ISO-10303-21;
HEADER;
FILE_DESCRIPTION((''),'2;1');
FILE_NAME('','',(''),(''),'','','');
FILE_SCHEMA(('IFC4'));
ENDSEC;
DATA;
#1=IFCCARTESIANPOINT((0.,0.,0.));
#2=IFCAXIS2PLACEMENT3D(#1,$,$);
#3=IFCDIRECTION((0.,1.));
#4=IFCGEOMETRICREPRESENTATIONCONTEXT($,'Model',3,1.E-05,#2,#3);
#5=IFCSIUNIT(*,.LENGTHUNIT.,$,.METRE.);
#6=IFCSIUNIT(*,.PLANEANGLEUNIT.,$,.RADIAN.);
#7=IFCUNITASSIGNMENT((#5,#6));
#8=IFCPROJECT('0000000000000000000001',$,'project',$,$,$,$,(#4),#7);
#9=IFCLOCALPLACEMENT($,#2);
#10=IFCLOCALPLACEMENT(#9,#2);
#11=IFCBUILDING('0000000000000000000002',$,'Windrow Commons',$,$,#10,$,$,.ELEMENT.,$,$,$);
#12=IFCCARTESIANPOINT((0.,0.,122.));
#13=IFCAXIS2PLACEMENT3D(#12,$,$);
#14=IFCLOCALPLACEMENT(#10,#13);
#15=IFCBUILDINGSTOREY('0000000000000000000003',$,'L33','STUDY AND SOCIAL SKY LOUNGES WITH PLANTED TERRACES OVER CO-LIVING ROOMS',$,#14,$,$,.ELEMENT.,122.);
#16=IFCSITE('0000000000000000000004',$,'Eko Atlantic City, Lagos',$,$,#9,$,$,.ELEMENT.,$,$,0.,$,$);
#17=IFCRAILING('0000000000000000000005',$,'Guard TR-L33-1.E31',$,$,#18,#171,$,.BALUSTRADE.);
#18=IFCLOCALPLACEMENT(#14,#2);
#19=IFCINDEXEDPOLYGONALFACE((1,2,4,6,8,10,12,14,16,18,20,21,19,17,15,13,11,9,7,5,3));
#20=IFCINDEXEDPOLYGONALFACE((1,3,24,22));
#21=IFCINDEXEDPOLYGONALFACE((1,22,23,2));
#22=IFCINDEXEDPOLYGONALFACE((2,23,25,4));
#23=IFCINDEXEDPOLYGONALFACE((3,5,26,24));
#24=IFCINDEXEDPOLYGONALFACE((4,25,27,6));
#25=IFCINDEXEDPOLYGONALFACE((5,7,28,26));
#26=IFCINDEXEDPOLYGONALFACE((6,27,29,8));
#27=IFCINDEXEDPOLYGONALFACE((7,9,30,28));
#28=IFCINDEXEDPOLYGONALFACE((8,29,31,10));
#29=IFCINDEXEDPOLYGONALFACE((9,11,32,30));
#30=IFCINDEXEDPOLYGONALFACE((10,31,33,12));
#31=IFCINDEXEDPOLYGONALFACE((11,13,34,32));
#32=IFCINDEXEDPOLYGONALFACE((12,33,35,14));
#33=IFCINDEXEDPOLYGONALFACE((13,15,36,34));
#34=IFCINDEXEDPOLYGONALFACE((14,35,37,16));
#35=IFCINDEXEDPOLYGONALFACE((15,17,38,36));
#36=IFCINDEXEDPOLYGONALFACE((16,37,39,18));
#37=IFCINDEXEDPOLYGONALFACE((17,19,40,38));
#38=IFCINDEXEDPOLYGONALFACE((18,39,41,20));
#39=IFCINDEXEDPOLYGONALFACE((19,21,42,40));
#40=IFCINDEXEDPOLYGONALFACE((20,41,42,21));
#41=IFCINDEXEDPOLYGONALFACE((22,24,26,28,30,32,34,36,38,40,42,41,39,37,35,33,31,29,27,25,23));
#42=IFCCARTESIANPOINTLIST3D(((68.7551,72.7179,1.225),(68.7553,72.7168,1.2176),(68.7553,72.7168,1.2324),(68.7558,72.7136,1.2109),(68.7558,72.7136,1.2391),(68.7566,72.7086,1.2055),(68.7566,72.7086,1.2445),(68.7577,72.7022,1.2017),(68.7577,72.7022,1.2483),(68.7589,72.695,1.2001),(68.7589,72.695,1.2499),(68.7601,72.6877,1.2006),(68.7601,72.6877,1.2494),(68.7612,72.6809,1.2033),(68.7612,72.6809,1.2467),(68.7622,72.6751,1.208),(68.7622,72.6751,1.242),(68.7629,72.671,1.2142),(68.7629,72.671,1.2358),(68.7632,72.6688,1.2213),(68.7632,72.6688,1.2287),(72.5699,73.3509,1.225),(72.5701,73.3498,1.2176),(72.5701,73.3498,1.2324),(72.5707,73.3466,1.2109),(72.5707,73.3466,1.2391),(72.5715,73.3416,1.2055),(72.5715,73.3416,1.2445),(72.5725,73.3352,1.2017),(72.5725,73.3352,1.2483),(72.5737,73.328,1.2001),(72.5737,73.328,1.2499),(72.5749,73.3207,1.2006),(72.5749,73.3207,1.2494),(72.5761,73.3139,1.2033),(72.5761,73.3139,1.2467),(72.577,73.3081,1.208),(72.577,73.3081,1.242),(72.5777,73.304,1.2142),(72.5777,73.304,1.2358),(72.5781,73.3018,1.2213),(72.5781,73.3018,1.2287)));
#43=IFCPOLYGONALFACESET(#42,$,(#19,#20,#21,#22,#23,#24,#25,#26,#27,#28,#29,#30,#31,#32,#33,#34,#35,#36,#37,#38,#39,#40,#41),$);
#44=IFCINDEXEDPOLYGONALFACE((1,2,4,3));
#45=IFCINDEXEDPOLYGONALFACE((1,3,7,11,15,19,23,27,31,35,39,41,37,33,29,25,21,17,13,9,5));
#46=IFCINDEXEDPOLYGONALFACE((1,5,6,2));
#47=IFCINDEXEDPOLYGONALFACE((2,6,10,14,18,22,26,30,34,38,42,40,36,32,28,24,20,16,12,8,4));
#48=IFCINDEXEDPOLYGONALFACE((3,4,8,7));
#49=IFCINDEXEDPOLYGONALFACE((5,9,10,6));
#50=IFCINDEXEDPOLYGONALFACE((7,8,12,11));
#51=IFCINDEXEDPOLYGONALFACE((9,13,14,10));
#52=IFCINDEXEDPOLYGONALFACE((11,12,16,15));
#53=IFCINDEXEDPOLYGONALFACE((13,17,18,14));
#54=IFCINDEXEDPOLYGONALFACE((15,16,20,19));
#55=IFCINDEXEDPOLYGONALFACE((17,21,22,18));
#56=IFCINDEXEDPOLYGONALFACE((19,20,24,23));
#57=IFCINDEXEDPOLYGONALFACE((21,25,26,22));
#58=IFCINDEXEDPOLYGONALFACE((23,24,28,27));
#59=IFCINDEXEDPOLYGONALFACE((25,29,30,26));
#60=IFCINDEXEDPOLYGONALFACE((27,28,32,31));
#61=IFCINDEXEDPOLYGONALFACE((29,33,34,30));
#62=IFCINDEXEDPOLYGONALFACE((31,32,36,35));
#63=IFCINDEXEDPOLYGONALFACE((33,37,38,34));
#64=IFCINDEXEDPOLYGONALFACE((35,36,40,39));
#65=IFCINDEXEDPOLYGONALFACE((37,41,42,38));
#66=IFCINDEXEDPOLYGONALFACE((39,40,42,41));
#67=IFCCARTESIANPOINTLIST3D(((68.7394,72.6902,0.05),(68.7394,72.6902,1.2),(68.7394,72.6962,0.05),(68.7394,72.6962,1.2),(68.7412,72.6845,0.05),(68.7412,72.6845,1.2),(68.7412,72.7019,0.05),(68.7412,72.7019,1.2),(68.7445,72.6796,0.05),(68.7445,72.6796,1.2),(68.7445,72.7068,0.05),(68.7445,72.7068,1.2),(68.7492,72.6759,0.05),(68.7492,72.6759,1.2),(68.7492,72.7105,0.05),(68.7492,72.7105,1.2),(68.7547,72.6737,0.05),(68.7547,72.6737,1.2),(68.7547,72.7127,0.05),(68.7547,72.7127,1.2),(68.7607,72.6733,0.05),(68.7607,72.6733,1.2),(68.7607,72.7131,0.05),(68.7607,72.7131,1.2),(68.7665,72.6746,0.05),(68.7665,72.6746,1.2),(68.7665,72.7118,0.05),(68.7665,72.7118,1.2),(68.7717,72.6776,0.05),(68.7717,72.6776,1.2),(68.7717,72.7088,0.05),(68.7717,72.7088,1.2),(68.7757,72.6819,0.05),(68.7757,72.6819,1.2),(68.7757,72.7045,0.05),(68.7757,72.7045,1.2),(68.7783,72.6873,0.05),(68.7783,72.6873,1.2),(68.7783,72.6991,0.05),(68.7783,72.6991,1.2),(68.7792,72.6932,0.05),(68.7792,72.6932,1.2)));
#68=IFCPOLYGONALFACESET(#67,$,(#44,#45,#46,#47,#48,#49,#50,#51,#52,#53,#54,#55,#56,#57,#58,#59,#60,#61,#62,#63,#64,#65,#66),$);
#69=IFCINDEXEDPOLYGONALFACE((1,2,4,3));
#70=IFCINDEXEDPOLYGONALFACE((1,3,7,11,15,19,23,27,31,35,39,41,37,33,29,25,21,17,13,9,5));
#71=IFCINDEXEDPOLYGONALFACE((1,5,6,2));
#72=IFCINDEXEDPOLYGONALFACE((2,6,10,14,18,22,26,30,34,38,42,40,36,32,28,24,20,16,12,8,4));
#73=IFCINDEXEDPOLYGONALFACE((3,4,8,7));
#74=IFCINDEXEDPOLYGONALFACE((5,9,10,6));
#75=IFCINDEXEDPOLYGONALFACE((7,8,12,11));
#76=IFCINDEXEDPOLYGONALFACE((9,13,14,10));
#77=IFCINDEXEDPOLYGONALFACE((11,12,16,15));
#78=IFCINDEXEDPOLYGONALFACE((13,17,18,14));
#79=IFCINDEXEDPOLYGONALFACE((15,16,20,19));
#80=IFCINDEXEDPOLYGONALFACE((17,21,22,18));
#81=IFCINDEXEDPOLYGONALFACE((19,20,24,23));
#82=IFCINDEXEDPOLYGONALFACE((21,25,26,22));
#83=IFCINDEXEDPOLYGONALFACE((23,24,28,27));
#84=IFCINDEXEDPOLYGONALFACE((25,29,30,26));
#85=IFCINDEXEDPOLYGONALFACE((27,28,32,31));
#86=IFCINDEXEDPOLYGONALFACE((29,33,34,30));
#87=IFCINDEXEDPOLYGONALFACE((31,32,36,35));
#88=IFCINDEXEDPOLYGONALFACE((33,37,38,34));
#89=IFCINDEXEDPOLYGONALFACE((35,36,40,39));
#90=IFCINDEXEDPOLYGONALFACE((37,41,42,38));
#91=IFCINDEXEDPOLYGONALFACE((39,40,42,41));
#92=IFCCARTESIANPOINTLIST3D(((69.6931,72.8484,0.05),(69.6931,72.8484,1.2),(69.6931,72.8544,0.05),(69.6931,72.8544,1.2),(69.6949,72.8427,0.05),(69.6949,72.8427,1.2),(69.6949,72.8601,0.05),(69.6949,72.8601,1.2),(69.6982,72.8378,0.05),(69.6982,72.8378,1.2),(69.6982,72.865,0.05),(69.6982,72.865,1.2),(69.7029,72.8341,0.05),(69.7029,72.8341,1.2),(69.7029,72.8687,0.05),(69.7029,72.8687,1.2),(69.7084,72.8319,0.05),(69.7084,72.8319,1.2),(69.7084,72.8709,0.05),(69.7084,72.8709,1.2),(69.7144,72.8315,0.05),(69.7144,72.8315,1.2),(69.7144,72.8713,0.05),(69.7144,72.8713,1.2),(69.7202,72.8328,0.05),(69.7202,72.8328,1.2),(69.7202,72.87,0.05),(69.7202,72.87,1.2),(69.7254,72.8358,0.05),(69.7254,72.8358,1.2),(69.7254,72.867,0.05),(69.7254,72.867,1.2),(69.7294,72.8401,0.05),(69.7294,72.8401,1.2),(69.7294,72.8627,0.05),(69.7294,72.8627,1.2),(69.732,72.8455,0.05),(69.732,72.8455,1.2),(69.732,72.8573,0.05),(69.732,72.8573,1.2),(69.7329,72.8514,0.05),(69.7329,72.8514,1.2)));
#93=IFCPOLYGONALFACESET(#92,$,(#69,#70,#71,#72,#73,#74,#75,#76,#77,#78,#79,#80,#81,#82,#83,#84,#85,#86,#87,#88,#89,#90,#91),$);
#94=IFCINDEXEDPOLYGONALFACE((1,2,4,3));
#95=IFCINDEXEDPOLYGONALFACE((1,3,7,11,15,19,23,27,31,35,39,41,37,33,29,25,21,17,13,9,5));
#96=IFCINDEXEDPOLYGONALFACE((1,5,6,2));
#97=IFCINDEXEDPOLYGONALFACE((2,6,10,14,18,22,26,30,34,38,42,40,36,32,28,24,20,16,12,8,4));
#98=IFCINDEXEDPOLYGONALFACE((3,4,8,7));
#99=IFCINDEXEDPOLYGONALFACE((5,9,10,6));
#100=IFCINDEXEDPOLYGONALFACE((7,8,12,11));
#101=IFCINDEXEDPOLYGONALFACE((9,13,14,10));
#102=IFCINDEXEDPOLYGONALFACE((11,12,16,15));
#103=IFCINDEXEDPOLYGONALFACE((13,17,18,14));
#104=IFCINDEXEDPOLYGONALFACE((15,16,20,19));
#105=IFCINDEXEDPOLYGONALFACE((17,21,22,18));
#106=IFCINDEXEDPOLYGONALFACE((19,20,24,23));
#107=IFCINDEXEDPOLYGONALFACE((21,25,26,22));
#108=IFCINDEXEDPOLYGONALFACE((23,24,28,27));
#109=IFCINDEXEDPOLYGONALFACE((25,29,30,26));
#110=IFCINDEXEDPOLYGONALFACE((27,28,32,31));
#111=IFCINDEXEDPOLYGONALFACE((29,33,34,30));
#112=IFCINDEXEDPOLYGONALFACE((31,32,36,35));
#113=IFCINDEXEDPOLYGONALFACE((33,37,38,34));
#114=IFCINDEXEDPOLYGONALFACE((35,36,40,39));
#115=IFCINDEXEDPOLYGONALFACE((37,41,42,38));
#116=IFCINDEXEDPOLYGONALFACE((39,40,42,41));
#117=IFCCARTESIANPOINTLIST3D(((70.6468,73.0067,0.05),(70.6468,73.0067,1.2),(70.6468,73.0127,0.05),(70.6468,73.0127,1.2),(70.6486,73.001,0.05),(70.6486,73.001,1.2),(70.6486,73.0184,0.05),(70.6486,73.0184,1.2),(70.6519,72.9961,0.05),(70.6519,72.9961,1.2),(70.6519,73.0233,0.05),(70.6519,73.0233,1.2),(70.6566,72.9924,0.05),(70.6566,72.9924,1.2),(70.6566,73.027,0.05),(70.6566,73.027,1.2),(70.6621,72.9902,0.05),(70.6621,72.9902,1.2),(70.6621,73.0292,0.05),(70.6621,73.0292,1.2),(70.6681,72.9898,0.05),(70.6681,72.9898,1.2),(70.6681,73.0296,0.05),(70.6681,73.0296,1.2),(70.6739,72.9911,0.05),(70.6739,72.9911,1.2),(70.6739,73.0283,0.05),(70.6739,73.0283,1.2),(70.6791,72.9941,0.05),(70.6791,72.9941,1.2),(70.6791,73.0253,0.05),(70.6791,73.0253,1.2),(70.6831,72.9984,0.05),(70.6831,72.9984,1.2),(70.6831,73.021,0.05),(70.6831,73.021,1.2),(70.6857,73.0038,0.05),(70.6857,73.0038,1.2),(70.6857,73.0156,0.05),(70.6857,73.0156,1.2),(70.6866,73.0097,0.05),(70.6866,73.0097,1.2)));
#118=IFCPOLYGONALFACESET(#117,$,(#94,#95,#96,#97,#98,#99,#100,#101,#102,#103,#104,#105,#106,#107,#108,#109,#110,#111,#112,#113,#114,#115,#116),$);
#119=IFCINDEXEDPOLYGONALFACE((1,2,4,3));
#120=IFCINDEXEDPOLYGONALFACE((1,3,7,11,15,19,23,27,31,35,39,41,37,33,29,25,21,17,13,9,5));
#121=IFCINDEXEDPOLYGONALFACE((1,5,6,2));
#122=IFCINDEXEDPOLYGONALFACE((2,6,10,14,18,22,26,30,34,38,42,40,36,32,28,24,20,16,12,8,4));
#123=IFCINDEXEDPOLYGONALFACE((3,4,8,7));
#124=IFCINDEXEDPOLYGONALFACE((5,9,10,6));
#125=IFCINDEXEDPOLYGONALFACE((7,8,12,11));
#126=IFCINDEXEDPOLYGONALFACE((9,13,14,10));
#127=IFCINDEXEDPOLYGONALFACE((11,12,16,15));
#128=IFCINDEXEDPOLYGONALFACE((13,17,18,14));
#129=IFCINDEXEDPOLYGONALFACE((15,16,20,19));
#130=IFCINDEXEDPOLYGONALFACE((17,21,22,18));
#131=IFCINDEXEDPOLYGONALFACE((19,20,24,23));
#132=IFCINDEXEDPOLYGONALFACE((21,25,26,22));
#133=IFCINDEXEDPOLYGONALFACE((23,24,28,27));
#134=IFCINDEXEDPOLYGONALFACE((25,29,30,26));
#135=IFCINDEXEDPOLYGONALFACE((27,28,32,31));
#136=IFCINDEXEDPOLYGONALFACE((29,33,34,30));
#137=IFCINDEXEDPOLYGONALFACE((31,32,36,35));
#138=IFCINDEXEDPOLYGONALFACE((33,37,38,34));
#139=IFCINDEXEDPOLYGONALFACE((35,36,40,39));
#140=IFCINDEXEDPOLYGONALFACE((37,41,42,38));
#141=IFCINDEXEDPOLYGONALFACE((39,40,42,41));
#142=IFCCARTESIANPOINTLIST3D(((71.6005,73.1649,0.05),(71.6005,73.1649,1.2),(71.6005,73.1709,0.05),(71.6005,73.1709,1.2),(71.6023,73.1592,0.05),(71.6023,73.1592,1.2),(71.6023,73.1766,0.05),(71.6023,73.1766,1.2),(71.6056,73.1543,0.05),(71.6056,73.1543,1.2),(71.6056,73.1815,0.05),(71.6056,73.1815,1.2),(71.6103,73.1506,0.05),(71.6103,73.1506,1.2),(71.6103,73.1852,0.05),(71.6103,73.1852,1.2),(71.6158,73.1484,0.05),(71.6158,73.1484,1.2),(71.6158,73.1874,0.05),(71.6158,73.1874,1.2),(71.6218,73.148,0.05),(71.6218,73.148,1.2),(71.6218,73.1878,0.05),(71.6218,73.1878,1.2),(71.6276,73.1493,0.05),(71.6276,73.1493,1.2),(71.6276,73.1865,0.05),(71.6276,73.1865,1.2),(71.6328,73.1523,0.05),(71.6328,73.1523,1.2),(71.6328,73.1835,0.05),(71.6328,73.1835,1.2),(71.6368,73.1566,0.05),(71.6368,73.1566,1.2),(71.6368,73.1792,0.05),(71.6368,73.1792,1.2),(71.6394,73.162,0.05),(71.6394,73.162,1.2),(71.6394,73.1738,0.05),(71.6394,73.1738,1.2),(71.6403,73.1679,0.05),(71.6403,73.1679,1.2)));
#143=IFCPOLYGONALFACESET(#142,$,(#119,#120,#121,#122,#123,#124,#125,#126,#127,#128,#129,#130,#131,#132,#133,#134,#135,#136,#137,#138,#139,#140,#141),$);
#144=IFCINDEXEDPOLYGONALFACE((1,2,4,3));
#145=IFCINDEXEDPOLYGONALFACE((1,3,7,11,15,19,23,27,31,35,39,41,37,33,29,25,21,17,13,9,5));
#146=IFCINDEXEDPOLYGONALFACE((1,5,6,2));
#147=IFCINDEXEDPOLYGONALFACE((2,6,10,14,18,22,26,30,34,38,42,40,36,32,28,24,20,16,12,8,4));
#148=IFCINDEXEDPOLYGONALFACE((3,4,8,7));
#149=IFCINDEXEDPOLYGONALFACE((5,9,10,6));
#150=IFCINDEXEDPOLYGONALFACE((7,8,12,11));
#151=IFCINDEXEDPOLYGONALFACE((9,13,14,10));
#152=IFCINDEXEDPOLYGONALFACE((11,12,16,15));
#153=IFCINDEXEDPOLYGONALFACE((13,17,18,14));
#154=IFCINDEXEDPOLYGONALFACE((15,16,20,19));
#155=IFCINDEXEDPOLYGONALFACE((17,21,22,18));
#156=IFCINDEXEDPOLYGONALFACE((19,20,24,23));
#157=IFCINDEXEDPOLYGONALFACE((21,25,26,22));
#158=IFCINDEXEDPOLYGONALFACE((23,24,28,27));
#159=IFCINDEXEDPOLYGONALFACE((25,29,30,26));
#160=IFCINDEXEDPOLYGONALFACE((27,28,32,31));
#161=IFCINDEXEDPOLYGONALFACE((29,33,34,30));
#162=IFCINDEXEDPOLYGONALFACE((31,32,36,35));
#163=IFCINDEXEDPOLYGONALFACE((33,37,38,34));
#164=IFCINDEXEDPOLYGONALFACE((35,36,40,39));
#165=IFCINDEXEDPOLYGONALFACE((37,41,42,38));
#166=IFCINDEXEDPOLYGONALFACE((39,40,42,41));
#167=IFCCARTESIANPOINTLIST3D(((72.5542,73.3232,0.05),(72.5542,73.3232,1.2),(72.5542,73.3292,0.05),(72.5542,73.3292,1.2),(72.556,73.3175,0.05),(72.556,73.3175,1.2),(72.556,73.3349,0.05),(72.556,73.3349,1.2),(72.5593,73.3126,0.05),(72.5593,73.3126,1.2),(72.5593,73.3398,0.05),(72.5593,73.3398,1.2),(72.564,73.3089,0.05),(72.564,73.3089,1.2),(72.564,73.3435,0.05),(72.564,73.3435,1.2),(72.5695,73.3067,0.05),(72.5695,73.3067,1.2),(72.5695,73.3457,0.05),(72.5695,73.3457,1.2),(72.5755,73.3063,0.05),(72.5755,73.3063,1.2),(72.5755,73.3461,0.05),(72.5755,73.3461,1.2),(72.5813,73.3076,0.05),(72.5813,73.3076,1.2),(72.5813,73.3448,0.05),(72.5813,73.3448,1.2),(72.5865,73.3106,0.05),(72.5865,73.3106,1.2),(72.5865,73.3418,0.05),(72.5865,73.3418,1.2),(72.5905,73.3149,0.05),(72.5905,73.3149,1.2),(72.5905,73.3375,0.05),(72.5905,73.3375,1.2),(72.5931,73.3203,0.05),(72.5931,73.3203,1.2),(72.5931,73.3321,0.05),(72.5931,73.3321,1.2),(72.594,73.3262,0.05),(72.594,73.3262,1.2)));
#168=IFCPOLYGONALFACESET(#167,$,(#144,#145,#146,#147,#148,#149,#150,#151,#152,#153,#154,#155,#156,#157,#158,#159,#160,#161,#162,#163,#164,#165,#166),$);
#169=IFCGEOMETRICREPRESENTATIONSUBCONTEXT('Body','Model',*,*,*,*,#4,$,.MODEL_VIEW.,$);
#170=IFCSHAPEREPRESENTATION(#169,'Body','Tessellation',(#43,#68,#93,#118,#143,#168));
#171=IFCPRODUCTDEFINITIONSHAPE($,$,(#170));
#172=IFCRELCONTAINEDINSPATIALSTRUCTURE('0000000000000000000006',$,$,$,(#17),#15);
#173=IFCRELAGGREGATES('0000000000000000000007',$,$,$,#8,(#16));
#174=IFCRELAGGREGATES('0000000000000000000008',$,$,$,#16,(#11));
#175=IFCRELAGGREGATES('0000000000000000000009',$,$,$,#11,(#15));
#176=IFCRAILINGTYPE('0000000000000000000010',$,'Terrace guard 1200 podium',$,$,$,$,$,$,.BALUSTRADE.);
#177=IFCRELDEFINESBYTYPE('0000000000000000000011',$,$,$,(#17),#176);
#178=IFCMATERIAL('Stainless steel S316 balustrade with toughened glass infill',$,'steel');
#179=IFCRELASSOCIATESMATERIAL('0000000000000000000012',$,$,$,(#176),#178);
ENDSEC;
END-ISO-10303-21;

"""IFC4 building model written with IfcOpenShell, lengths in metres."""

from ifc_helpers import new_model, si_unit, direction, frame, origin, origin_2d, place, context, subcontext, project, spatial, circle, extrude, material, type_object, element, save


model = new_model("IFC4")

# Units and contexts
model_context = context("Model", 3, precision=1e-05, world=origin(), true_north=direction((0.0, 1.0)))
body_context = subcontext(model_context, "Body", "Model", "MODEL_VIEW")
ifc_project = project(units=[si_unit("LENGTHUNIT", "METRE"), si_unit("PLANEANGLEUNIT", "RADIAN")], contexts=[model_context])

# Site, building, storey
site_placement = place(None, origin())
site = spatial("IfcSite", under=ifc_project, at=site_placement, Name="Eko Atlantic City, Lagos", CompositionType="ELEMENT", RefElevation=0.0)
building_placement = place(site_placement, origin())
building = spatial("IfcBuilding", under=site, at=building_placement, Name="Windrow Commons", CompositionType="ELEMENT")
storey_placement = place(building_placement, frame((0.0, 0.0, 122.0)))
storey = spatial("IfcBuildingStorey", under=building, at=storey_placement, Name="L33", Description="STUDY AND SOCIAL SKY LOUNGES WITH PLANTED TERRACES OVER CO-LIVING ROOMS", CompositionType="ELEMENT", Elevation=122.0)

# Railing
ifc_material_1 = material(Name="Stainless steel S316 balustrade with toughened glass infill", Category="steel")
railing_type_1 = type_object("IfcRailingType", Name="Terrace guard 1200 podium", PredefinedType="BALUSTRADE", material=ifc_material_1)
railing_1_placement = place(storey_placement, frame((68.7592, 72.6932, 0.05)))
element("IfcRailing", 1, at=railing_1_placement, inside=storey, type_object=railing_type_1, Name="Guard TR-L33-1.E31", PredefinedType="BALUSTRADE", context=body_context, shape_type="SweptSolid", body=[
    extrude(circle(Radius=0.025, at=origin_2d()), frame((0.0, 0.0, 1.175), z_axis=(0.986511, 0.163694, 0.0), x_axis=(-0.163694, 0.986511, 0.0)), (0.0, 0.0, 1.0), 3.867),
    extrude(circle(Radius=0.02, at=origin_2d()), origin(), (0.0, 0.0, 1.0), 1.15),
    extrude(circle(Radius=0.02, at=origin_2d()), frame((0.9537, 0.1582, 0.0)), (0.0, 0.0, 1.0), 1.15),
    extrude(circle(Radius=0.02, at=origin_2d()), frame((1.9074, 0.3165, 0.0)), (0.0, 0.0, 1.0), 1.15),
    extrude(circle(Radius=0.02, at=origin_2d()), frame((2.8611, 0.4747, 0.0)), (0.0, 0.0, 1.0), 1.15),
    extrude(circle(Radius=0.02, at=origin_2d()), frame((3.8148, 0.633, 0.0)), (0.0, 0.0, 1.0), 1.15),
])

save(model, "model.ifc")
